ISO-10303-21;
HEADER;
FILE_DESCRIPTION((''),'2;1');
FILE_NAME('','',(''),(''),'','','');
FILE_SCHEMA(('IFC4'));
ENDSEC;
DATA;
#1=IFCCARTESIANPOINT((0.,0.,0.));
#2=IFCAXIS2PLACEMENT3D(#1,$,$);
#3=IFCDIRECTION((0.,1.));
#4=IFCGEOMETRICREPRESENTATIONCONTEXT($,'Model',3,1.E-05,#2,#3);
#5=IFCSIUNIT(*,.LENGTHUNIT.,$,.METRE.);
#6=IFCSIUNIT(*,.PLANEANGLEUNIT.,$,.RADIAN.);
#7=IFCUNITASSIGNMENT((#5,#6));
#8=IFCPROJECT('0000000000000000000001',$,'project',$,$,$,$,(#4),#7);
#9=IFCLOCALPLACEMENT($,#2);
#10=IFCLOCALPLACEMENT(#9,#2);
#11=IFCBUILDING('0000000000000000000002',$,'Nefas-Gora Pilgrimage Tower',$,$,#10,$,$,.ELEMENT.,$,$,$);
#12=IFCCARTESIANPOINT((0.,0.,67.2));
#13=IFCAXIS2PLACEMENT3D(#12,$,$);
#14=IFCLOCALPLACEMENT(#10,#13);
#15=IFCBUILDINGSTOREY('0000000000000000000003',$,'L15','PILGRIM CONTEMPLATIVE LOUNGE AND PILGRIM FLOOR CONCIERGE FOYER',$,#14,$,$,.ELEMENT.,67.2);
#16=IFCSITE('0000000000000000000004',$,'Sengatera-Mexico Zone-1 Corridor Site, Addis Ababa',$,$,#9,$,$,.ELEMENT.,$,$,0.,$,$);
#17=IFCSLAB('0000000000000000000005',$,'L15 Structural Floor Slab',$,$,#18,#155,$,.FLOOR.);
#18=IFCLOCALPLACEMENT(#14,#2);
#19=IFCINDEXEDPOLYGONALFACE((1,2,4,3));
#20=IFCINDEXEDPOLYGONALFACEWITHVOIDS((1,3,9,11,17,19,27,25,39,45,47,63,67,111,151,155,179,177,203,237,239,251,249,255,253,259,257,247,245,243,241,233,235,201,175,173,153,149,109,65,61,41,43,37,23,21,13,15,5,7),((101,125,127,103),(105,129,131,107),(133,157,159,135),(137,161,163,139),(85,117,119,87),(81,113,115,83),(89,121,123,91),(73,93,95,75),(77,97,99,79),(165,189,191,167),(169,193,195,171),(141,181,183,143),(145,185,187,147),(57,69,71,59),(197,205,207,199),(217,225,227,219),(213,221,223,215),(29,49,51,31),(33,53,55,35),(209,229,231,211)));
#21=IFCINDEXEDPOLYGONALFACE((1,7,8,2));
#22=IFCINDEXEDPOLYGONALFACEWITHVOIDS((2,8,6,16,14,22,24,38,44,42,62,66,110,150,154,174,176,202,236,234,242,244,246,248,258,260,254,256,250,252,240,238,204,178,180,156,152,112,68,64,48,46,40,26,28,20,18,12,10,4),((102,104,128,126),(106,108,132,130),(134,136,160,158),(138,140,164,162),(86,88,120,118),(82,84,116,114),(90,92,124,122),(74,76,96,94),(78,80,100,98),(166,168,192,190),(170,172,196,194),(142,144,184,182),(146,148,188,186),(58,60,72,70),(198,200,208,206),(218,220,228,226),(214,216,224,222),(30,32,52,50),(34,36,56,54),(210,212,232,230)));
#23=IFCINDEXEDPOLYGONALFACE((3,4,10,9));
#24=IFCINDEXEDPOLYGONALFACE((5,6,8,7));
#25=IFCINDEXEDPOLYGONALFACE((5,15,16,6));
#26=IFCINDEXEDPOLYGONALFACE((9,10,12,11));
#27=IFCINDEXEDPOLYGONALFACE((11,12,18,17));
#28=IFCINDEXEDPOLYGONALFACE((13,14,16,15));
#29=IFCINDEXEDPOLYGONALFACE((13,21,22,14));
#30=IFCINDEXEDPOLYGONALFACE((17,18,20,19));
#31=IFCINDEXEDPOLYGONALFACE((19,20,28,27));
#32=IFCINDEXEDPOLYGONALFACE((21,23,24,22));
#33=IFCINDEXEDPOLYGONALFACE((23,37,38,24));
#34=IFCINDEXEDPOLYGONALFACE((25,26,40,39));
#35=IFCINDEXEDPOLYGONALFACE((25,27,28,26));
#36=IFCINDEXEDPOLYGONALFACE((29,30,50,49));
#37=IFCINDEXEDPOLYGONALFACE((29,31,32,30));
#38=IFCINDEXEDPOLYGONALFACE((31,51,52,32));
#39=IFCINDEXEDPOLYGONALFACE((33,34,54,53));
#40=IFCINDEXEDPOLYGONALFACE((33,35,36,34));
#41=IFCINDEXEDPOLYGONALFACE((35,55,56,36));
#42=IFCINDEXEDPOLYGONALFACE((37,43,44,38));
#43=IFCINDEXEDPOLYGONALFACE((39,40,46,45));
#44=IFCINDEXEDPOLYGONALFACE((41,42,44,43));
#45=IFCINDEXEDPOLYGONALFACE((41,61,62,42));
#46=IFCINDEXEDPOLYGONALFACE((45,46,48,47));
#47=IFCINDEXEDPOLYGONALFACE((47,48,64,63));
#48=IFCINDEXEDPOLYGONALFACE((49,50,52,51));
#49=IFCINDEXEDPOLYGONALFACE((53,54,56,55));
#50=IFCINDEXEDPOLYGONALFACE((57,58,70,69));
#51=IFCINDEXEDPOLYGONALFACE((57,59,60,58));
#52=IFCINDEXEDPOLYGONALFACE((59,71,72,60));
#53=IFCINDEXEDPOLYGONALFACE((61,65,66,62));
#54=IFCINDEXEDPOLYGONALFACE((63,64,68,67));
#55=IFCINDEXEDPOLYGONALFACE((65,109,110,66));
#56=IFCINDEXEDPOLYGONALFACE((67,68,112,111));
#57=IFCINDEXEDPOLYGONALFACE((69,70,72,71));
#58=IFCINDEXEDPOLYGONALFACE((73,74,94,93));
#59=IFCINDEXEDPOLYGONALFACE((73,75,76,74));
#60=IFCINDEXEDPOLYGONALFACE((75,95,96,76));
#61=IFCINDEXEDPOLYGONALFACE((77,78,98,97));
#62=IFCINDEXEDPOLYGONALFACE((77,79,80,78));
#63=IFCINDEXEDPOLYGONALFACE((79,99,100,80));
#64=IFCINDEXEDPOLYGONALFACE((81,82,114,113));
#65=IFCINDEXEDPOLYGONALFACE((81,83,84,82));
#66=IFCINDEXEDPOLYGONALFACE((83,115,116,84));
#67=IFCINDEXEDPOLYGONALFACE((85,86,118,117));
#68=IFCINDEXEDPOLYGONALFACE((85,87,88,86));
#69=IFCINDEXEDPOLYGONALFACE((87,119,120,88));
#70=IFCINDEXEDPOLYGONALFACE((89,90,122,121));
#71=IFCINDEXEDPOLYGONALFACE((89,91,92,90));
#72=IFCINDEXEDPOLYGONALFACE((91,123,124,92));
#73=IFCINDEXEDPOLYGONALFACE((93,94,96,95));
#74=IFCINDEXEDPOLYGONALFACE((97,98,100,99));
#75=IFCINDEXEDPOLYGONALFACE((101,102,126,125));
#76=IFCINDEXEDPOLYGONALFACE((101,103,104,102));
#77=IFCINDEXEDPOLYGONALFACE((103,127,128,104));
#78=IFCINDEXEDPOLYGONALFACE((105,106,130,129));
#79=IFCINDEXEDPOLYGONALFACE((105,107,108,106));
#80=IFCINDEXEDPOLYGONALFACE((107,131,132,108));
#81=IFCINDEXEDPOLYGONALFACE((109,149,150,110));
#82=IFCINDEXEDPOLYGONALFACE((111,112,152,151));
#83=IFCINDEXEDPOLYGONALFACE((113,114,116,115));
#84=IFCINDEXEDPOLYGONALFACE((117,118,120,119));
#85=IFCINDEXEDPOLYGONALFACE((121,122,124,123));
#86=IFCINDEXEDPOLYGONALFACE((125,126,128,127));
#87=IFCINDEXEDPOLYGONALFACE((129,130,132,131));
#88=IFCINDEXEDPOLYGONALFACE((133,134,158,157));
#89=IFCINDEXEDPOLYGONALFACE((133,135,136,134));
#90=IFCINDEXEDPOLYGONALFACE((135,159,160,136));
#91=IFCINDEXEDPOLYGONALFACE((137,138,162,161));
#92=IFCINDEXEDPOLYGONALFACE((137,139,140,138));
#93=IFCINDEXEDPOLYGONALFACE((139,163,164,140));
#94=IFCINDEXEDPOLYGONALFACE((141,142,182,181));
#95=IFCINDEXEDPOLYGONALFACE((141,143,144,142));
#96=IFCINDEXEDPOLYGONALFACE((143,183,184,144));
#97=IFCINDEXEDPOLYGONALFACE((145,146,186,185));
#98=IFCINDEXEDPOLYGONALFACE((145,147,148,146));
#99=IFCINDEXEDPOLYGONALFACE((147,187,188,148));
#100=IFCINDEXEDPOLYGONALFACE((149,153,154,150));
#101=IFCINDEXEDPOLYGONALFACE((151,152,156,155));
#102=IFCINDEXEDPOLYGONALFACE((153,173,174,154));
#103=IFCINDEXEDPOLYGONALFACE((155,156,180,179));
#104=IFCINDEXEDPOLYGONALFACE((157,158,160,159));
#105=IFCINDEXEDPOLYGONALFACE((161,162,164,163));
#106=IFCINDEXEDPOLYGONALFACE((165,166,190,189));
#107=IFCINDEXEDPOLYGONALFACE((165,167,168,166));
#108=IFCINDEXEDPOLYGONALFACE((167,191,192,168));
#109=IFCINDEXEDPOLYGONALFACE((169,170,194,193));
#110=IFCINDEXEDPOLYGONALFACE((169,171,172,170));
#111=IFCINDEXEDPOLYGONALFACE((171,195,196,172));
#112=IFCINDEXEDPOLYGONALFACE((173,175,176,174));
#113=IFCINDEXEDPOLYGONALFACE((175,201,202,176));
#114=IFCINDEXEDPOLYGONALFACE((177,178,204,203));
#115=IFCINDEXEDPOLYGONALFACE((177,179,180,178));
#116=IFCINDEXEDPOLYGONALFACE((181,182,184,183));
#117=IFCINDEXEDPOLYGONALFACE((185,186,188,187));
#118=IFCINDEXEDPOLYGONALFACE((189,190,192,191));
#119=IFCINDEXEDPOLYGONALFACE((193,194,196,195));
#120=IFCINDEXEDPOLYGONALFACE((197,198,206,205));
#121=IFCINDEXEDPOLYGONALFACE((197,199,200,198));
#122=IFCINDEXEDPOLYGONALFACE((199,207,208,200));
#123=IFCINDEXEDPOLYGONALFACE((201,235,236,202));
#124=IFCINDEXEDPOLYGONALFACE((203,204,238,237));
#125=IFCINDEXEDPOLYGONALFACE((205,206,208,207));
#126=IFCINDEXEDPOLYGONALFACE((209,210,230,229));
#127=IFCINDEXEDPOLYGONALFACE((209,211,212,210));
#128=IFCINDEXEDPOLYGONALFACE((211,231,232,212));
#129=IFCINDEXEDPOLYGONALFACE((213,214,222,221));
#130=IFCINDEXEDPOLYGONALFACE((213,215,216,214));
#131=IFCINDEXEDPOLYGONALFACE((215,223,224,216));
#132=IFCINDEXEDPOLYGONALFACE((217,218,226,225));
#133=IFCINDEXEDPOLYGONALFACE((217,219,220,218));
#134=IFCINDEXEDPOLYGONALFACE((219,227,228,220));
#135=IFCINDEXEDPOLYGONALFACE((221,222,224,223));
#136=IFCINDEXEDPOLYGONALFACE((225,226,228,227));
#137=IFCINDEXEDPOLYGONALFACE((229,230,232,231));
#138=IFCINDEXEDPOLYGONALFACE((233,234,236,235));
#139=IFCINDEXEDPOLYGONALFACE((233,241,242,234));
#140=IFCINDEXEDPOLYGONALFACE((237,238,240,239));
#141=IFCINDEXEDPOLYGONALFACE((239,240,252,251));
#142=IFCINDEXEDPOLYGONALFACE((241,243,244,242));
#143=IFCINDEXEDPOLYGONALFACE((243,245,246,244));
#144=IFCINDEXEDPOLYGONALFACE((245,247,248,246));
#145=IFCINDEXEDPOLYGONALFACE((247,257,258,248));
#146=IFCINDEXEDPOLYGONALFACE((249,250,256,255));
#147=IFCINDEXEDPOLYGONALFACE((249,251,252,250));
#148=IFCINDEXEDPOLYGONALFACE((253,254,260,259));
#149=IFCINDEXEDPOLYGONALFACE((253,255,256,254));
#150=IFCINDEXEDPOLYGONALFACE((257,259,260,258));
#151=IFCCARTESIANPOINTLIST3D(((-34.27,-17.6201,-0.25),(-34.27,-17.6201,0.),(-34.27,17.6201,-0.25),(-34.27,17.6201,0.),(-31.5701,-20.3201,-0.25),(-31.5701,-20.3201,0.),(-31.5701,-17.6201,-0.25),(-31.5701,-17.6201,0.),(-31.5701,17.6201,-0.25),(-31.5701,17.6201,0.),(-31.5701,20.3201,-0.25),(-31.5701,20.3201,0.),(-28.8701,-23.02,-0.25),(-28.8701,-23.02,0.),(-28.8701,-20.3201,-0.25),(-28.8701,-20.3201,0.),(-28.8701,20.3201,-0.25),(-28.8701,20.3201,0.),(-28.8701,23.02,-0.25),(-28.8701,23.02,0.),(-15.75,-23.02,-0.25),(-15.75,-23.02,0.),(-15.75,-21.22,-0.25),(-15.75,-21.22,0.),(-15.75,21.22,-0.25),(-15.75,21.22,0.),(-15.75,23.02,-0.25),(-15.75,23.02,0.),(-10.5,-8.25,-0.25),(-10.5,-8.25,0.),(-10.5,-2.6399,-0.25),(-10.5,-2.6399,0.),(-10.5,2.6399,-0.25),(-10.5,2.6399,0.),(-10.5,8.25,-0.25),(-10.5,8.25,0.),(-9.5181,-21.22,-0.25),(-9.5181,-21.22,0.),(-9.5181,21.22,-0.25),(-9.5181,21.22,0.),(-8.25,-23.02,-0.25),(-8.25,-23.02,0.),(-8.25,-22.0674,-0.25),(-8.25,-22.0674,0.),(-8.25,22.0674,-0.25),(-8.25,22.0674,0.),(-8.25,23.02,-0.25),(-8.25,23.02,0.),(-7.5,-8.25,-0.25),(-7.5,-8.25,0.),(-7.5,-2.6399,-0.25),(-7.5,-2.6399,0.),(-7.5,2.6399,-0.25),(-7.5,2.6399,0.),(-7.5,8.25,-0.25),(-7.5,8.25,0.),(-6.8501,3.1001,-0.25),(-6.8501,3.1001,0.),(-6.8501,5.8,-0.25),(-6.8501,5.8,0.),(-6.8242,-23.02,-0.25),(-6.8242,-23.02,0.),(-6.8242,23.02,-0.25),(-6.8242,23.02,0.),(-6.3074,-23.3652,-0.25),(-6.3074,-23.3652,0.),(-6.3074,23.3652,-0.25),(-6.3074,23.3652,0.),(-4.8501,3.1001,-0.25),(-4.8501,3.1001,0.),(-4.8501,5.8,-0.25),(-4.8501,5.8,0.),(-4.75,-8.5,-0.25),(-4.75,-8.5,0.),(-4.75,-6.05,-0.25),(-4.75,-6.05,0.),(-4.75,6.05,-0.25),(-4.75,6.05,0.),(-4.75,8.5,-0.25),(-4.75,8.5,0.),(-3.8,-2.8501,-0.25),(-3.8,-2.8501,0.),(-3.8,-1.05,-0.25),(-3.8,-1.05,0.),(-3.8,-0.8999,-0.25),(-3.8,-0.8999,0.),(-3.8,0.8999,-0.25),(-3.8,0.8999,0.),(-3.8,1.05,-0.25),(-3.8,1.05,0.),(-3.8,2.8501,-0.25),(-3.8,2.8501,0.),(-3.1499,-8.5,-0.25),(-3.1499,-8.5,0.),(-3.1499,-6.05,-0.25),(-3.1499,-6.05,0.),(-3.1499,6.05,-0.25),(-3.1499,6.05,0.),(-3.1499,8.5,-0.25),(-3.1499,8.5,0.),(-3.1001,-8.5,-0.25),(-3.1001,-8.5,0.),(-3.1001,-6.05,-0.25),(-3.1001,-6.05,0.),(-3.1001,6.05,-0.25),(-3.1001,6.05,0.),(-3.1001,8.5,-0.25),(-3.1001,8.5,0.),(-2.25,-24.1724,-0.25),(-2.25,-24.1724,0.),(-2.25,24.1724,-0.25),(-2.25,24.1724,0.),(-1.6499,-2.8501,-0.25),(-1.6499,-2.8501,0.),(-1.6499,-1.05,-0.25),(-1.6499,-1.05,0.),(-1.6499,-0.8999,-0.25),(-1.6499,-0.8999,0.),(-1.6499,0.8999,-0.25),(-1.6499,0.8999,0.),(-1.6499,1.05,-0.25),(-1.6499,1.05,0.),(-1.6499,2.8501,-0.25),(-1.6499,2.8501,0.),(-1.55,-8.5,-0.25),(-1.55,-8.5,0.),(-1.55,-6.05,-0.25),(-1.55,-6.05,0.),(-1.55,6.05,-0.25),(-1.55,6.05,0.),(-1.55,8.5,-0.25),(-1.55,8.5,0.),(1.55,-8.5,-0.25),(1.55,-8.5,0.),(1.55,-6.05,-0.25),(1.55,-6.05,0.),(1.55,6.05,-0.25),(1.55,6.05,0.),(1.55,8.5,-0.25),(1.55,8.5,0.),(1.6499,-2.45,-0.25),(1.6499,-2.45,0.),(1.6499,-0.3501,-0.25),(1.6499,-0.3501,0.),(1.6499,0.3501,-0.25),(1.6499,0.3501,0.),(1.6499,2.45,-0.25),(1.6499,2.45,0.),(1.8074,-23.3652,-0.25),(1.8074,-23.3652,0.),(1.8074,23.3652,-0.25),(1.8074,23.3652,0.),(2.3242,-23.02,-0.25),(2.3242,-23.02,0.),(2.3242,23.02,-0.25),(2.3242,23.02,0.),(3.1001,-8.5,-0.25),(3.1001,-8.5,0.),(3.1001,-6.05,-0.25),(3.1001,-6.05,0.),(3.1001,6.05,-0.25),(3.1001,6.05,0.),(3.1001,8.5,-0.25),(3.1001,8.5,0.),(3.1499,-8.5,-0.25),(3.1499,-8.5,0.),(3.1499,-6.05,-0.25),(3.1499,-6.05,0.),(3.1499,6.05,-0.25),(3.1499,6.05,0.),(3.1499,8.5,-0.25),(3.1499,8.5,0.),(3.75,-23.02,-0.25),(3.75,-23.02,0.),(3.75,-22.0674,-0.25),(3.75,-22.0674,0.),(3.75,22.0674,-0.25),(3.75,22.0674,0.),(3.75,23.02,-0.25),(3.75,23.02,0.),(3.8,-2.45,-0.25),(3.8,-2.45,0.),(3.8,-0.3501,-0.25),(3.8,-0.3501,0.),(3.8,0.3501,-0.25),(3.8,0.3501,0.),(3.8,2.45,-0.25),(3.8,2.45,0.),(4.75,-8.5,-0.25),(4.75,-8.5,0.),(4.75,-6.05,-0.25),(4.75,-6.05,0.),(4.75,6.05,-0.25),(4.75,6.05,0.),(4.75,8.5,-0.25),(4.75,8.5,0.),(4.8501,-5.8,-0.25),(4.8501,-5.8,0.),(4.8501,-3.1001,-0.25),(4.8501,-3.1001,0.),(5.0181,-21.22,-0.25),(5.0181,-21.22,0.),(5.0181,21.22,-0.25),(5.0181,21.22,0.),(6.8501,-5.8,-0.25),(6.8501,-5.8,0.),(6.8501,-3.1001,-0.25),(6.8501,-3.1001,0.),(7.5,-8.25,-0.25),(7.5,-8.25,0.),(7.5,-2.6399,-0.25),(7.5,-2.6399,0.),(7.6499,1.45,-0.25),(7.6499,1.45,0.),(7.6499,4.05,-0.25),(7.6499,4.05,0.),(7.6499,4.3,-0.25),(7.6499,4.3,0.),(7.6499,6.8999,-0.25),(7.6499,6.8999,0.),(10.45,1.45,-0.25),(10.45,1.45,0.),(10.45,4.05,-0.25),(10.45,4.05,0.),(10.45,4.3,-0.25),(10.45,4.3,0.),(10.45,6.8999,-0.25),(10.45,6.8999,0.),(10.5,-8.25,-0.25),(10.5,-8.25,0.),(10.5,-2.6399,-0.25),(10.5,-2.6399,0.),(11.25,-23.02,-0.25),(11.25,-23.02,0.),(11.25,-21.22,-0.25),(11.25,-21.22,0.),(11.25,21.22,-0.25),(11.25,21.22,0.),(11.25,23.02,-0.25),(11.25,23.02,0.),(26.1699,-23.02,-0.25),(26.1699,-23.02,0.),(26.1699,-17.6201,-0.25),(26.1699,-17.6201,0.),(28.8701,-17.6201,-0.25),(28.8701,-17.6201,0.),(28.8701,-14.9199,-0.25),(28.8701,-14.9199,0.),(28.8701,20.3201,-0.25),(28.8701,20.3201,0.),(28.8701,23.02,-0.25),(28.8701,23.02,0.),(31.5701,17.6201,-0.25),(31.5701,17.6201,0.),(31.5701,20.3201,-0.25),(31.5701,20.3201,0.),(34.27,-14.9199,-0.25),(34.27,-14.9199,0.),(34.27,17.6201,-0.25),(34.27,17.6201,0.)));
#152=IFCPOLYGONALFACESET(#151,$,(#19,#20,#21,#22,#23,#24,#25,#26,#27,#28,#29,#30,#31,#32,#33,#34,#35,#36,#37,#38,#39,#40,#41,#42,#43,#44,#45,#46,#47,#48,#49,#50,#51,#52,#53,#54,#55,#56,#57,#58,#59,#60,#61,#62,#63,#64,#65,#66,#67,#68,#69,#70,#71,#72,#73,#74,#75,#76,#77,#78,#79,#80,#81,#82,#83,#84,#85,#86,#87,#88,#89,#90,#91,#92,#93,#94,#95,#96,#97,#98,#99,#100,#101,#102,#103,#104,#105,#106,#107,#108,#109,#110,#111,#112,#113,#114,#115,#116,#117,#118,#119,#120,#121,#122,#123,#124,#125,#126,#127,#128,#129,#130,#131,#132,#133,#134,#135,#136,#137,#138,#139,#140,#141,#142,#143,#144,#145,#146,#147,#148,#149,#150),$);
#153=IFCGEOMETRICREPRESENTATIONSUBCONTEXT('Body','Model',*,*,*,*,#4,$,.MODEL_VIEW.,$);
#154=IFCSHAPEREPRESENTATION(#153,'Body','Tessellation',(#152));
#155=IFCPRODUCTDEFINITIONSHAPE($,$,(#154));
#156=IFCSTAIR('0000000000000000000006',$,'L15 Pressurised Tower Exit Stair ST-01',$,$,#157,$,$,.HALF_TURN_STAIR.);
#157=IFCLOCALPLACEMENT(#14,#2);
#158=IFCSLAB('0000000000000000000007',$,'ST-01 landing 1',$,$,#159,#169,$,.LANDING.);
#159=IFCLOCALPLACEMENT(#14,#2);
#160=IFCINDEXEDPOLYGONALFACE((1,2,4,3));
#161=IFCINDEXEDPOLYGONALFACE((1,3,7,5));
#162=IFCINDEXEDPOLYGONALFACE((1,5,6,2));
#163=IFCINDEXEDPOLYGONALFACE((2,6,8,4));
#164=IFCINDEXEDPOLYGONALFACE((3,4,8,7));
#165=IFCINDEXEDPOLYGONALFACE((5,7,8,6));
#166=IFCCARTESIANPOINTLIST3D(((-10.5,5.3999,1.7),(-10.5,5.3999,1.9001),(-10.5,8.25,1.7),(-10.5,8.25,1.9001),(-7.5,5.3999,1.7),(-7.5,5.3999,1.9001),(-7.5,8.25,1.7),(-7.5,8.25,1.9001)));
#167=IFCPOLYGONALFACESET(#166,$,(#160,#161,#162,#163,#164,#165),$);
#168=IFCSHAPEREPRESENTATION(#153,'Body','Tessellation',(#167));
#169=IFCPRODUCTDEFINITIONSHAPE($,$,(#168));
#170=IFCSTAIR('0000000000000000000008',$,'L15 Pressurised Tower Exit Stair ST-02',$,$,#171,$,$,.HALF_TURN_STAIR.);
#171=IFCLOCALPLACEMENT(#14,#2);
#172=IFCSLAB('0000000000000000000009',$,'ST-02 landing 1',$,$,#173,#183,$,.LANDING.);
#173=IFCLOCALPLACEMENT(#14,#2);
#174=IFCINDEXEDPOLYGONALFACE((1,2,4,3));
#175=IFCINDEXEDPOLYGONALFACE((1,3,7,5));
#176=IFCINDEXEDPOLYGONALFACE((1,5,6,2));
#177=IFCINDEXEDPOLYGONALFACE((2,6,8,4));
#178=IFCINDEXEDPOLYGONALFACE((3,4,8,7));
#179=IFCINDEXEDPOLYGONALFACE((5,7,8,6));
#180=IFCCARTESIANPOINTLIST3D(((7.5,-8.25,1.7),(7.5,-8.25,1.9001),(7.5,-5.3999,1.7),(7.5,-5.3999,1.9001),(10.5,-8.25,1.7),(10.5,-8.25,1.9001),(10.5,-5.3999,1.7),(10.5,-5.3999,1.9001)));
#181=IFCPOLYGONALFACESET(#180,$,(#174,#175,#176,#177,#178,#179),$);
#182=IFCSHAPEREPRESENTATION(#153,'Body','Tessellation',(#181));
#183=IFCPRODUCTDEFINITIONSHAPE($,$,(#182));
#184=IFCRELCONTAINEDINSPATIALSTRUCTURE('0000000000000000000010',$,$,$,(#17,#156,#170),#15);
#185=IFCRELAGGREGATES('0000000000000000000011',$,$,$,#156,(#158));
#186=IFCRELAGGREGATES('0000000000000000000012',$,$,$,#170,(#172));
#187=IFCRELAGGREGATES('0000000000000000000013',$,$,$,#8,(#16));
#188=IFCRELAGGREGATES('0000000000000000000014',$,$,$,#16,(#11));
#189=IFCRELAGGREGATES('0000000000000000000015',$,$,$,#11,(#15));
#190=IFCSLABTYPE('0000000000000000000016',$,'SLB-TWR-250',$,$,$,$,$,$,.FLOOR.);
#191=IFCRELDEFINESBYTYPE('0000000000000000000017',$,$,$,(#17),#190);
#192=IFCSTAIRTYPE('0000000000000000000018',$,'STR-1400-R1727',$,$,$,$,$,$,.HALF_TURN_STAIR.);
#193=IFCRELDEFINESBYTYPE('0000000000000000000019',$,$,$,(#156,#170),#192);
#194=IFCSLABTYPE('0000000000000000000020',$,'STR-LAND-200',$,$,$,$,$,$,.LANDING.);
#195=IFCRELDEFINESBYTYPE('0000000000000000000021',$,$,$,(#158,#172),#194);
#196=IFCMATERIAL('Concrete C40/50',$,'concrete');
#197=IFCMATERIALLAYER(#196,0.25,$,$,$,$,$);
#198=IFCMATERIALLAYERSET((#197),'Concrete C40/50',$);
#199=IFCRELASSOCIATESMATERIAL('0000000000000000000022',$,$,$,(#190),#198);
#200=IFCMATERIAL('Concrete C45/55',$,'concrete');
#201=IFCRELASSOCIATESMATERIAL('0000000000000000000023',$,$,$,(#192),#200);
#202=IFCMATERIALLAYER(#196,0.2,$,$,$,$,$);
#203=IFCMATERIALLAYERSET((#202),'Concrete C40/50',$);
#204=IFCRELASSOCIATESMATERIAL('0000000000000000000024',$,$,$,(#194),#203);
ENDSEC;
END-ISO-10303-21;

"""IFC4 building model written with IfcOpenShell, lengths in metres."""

from ifc_helpers import new_model, si_unit, direction, frame, origin, place, context, subcontext, project, spatial, polyline, outline, extrude, material, layer, layer_set, type_object, element, aggregate, save


model = new_model("IFC4")

# Units and contexts
model_context = context("Model", 3, precision=1e-05, world=origin(), true_north=direction((0.0, 1.0)))
body_context = subcontext(model_context, "Body", "Model", "MODEL_VIEW")
ifc_project = project(units=[si_unit("LENGTHUNIT", "METRE"), si_unit("PLANEANGLEUNIT", "RADIAN")], contexts=[model_context])

# Site, building, storey
site_placement = place(None, origin())
site = spatial("IfcSite", under=ifc_project, at=site_placement, Name="Sengatera-Mexico Zone-1 Corridor Site, Addis Ababa", CompositionType="ELEMENT", RefElevation=0.0)
building_placement = place(site_placement, origin())
building = spatial("IfcBuilding", under=site, at=building_placement, Name="Nefas-Gora Pilgrimage Tower", CompositionType="ELEMENT")
storey_placement = place(building_placement, frame((0.0, 0.0, 67.2)))
storey = spatial("IfcBuildingStorey", under=building, at=storey_placement, Name="L15", Description="PILGRIM CONTEMPLATIVE LOUNGE AND PILGRIM FLOOR CONCIERGE FOYER", CompositionType="ELEMENT", Elevation=67.2)

# Slab
ifc_material_1 = material(Name="Concrete C40/50", Category="concrete")
ifc_layer_1 = layer(ifc_material_1, 0.25)
ifc_layer_set_1 = layer_set([ifc_layer_1], Name="Concrete C40/50")
slab_type_1 = type_object("IfcSlabType", Name="SLB-TWR-250", PredefinedType="FLOOR", material=ifc_layer_set_1)
slab_1_placement = place(storey_placement, frame((0.0, 0.0, -0.25)))
element("IfcSlab", 1, at=slab_1_placement, inside=storey, type_object=slab_type_1, Name="L15 Structural Floor Slab", PredefinedType="FLOOR", context=body_context, shape_type="SweptSolid", body=[
    extrude(outline(polyline([(5.0181, -21.22), (11.25, -21.22), (11.25, -23.02), (26.1699, -23.02), (26.1699, -17.6201), (28.8701, -17.6201), (28.8701, -14.9199), (34.27, -14.9199), (34.27, 17.6201), (31.5701, 17.6201), (31.5701, 20.3201), (28.8701, 20.3201), (28.8701, 23.02), (11.25, 23.02), (11.25, 21.22), (5.0181, 21.22), (3.75, 22.0674), (3.75, 23.02), (2.3242, 23.02), (1.8074, 23.3652), (-2.25, 24.1724), (-6.3074, 23.3652), (-6.8242, 23.02), (-8.25, 23.02), (-8.25, 22.0674), (-9.5181, 21.22), (-15.75, 21.22), (-15.75, 23.02), (-28.8701, 23.02), (-28.8701, 20.3201), (-31.5701, 20.3201), (-31.5701, 17.6201), (-34.27, 17.6201), (-34.27, -17.6201), (-31.5701, -17.6201), (-31.5701, -20.3201), (-28.8701, -20.3201), (-28.8701, -23.02), (-15.75, -23.02), (-15.75, -21.22), (-9.5181, -21.22), (-8.25, -22.0674), (-8.25, -23.02), (-6.8242, -23.02), (-6.3074, -23.3652), (-2.25, -24.1724), (1.8074, -23.3652), (2.3242, -23.02), (3.75, -23.02), (3.75, -22.0674), (5.0181, -21.22)]), holes=[polyline([(-10.5, 2.6399), (-10.5, 8.25), (-7.5, 8.25), (-7.5, 2.6399), (-10.5, 2.6399)]), polyline([(10.5, -2.6399), (10.5, -8.25), (7.5, -8.25), (7.5, -2.6399), (10.5, -2.6399)]), polyline([(-7.5, -2.6399), (-7.5, -8.25), (-10.5, -8.25), (-10.5, -2.6399), (-7.5, -2.6399)]), polyline([(-6.8501, 5.8), (-4.8501, 5.8), (-4.8501, 3.1001), (-6.8501, 3.1001), (-6.8501, 5.8)]), polyline([(4.8501, -3.1001), (6.8501, -3.1001), (6.8501, -5.8), (4.8501, -5.8), (4.8501, -3.1001)]), polyline([(7.6499, 4.05), (10.45, 4.05), (10.45, 1.45), (7.6499, 1.45), (7.6499, 4.05)]), polyline([(7.6499, 6.8999), (10.45, 6.8999), (10.45, 4.3), (7.6499, 4.3), (7.6499, 6.8999)]), polyline([(-4.75, 8.5), (-3.1499, 8.5), (-3.1499, 6.05), (-4.75, 6.05), (-4.75, 8.5)]), polyline([(-3.1001, 8.5), (-1.55, 8.5), (-1.55, 6.05), (-3.1001, 6.05), (-3.1001, 8.5)]), polyline([(1.55, 8.5), (3.1001, 8.5), (3.1001, 6.05), (1.55, 6.05), (1.55, 8.5)]), polyline([(3.1499, 8.5), (4.75, 8.5), (4.75, 6.05), (3.1499, 6.05), (3.1499, 8.5)]), polyline([(-4.75, -6.05), (-3.1499, -6.05), (-3.1499, -8.5), (-4.75, -8.5), (-4.75, -6.05)]), polyline([(-3.1001, -6.05), (-1.55, -6.05), (-1.55, -8.5), (-3.1001, -8.5), (-3.1001, -6.05)]), polyline([(1.55, -6.05), (3.1001, -6.05), (3.1001, -8.5), (1.55, -8.5), (1.55, -6.05)]), polyline([(3.1499, -6.05), (4.75, -6.05), (4.75, -8.5), (3.1499, -8.5), (3.1499, -6.05)]), polyline([(-3.8, -1.05), (-1.6499, -1.05), (-1.6499, -2.8501), (-3.8, -2.8501), (-3.8, -1.05)]), polyline([(-3.8, 0.8999), (-1.6499, 0.8999), (-1.6499, -0.8999), (-3.8, -0.8999), (-3.8, 0.8999)]), polyline([(-3.8, 2.8501), (-1.6499, 2.8501), (-1.6499, 1.05), (-3.8, 1.05), (-3.8, 2.8501)]), polyline([(1.6499, -0.3501), (3.8, -0.3501), (3.8, -2.45), (1.6499, -2.45), (1.6499, -0.3501)]), polyline([(1.6499, 2.45), (3.8, 2.45), (3.8, 0.3501), (1.6499, 0.3501), (1.6499, 2.45)])]), origin(), (0.0, 0.0, 1.0), 0.25),
])

# Stairs, slabs
ifc_material_2 = material(Name="Concrete C45/55", Category="concrete")
stair_type = type_object("IfcStairType", Name="STR-1400-R1727", PredefinedType="HALF_TURN_STAIR", material=ifc_material_2)
stair_1_placement = place(storey_placement, origin())
stair_1 = element("IfcStair", 2, at=stair_1_placement, inside=storey, type_object=stair_type, Name="L15 Pressurised Tower Exit Stair ST-01", PredefinedType="HALF_TURN_STAIR")
ifc_layer_2 = layer(ifc_material_1, 0.2)
ifc_layer_set_2 = layer_set([ifc_layer_2], Name="Concrete C40/50")
slab_type_2 = type_object("IfcSlabType", Name="STR-LAND-200", PredefinedType="LANDING", material=ifc_layer_set_2)
slab_2_placement = place(storey_placement, frame((0.0, 0.0, 1.7)))
slab_2 = element("IfcSlab", 3, at=slab_2_placement, type_object=slab_type_2, Name="ST-01 landing 1", PredefinedType="LANDING", context=body_context, shape_type="SweptSolid", body=[
    extrude(outline(polyline([(-7.5, 5.3999), (-7.5, 8.25), (-10.5, 8.25), (-10.5, 5.3999), (-7.5, 5.3999)])), origin(), (0.0, 0.0, 1.0), 0.2002),
])
aggregate(stair_1, [slab_2])
stair_2_placement = place(storey_placement, origin())
stair_2 = element("IfcStair", 4, at=stair_2_placement, inside=storey, type_object=stair_type, Name="L15 Pressurised Tower Exit Stair ST-02", PredefinedType="HALF_TURN_STAIR")
slab_3_placement = place(storey_placement, frame((0.0, 0.0, 1.7)))
slab_3 = element("IfcSlab", 5, at=slab_3_placement, type_object=slab_type_2, Name="ST-02 landing 1", PredefinedType="LANDING", context=body_context, shape_type="SweptSolid", body=[
    extrude(outline(polyline([(7.5, -5.3999), (7.5, -8.25), (10.5, -8.25), (10.5, -5.3999), (7.5, -5.3999)])), origin(), (0.0, 0.0, 1.0), 0.2002),
])
aggregate(stair_2, [slab_3])

save(model, "model.ifc")
